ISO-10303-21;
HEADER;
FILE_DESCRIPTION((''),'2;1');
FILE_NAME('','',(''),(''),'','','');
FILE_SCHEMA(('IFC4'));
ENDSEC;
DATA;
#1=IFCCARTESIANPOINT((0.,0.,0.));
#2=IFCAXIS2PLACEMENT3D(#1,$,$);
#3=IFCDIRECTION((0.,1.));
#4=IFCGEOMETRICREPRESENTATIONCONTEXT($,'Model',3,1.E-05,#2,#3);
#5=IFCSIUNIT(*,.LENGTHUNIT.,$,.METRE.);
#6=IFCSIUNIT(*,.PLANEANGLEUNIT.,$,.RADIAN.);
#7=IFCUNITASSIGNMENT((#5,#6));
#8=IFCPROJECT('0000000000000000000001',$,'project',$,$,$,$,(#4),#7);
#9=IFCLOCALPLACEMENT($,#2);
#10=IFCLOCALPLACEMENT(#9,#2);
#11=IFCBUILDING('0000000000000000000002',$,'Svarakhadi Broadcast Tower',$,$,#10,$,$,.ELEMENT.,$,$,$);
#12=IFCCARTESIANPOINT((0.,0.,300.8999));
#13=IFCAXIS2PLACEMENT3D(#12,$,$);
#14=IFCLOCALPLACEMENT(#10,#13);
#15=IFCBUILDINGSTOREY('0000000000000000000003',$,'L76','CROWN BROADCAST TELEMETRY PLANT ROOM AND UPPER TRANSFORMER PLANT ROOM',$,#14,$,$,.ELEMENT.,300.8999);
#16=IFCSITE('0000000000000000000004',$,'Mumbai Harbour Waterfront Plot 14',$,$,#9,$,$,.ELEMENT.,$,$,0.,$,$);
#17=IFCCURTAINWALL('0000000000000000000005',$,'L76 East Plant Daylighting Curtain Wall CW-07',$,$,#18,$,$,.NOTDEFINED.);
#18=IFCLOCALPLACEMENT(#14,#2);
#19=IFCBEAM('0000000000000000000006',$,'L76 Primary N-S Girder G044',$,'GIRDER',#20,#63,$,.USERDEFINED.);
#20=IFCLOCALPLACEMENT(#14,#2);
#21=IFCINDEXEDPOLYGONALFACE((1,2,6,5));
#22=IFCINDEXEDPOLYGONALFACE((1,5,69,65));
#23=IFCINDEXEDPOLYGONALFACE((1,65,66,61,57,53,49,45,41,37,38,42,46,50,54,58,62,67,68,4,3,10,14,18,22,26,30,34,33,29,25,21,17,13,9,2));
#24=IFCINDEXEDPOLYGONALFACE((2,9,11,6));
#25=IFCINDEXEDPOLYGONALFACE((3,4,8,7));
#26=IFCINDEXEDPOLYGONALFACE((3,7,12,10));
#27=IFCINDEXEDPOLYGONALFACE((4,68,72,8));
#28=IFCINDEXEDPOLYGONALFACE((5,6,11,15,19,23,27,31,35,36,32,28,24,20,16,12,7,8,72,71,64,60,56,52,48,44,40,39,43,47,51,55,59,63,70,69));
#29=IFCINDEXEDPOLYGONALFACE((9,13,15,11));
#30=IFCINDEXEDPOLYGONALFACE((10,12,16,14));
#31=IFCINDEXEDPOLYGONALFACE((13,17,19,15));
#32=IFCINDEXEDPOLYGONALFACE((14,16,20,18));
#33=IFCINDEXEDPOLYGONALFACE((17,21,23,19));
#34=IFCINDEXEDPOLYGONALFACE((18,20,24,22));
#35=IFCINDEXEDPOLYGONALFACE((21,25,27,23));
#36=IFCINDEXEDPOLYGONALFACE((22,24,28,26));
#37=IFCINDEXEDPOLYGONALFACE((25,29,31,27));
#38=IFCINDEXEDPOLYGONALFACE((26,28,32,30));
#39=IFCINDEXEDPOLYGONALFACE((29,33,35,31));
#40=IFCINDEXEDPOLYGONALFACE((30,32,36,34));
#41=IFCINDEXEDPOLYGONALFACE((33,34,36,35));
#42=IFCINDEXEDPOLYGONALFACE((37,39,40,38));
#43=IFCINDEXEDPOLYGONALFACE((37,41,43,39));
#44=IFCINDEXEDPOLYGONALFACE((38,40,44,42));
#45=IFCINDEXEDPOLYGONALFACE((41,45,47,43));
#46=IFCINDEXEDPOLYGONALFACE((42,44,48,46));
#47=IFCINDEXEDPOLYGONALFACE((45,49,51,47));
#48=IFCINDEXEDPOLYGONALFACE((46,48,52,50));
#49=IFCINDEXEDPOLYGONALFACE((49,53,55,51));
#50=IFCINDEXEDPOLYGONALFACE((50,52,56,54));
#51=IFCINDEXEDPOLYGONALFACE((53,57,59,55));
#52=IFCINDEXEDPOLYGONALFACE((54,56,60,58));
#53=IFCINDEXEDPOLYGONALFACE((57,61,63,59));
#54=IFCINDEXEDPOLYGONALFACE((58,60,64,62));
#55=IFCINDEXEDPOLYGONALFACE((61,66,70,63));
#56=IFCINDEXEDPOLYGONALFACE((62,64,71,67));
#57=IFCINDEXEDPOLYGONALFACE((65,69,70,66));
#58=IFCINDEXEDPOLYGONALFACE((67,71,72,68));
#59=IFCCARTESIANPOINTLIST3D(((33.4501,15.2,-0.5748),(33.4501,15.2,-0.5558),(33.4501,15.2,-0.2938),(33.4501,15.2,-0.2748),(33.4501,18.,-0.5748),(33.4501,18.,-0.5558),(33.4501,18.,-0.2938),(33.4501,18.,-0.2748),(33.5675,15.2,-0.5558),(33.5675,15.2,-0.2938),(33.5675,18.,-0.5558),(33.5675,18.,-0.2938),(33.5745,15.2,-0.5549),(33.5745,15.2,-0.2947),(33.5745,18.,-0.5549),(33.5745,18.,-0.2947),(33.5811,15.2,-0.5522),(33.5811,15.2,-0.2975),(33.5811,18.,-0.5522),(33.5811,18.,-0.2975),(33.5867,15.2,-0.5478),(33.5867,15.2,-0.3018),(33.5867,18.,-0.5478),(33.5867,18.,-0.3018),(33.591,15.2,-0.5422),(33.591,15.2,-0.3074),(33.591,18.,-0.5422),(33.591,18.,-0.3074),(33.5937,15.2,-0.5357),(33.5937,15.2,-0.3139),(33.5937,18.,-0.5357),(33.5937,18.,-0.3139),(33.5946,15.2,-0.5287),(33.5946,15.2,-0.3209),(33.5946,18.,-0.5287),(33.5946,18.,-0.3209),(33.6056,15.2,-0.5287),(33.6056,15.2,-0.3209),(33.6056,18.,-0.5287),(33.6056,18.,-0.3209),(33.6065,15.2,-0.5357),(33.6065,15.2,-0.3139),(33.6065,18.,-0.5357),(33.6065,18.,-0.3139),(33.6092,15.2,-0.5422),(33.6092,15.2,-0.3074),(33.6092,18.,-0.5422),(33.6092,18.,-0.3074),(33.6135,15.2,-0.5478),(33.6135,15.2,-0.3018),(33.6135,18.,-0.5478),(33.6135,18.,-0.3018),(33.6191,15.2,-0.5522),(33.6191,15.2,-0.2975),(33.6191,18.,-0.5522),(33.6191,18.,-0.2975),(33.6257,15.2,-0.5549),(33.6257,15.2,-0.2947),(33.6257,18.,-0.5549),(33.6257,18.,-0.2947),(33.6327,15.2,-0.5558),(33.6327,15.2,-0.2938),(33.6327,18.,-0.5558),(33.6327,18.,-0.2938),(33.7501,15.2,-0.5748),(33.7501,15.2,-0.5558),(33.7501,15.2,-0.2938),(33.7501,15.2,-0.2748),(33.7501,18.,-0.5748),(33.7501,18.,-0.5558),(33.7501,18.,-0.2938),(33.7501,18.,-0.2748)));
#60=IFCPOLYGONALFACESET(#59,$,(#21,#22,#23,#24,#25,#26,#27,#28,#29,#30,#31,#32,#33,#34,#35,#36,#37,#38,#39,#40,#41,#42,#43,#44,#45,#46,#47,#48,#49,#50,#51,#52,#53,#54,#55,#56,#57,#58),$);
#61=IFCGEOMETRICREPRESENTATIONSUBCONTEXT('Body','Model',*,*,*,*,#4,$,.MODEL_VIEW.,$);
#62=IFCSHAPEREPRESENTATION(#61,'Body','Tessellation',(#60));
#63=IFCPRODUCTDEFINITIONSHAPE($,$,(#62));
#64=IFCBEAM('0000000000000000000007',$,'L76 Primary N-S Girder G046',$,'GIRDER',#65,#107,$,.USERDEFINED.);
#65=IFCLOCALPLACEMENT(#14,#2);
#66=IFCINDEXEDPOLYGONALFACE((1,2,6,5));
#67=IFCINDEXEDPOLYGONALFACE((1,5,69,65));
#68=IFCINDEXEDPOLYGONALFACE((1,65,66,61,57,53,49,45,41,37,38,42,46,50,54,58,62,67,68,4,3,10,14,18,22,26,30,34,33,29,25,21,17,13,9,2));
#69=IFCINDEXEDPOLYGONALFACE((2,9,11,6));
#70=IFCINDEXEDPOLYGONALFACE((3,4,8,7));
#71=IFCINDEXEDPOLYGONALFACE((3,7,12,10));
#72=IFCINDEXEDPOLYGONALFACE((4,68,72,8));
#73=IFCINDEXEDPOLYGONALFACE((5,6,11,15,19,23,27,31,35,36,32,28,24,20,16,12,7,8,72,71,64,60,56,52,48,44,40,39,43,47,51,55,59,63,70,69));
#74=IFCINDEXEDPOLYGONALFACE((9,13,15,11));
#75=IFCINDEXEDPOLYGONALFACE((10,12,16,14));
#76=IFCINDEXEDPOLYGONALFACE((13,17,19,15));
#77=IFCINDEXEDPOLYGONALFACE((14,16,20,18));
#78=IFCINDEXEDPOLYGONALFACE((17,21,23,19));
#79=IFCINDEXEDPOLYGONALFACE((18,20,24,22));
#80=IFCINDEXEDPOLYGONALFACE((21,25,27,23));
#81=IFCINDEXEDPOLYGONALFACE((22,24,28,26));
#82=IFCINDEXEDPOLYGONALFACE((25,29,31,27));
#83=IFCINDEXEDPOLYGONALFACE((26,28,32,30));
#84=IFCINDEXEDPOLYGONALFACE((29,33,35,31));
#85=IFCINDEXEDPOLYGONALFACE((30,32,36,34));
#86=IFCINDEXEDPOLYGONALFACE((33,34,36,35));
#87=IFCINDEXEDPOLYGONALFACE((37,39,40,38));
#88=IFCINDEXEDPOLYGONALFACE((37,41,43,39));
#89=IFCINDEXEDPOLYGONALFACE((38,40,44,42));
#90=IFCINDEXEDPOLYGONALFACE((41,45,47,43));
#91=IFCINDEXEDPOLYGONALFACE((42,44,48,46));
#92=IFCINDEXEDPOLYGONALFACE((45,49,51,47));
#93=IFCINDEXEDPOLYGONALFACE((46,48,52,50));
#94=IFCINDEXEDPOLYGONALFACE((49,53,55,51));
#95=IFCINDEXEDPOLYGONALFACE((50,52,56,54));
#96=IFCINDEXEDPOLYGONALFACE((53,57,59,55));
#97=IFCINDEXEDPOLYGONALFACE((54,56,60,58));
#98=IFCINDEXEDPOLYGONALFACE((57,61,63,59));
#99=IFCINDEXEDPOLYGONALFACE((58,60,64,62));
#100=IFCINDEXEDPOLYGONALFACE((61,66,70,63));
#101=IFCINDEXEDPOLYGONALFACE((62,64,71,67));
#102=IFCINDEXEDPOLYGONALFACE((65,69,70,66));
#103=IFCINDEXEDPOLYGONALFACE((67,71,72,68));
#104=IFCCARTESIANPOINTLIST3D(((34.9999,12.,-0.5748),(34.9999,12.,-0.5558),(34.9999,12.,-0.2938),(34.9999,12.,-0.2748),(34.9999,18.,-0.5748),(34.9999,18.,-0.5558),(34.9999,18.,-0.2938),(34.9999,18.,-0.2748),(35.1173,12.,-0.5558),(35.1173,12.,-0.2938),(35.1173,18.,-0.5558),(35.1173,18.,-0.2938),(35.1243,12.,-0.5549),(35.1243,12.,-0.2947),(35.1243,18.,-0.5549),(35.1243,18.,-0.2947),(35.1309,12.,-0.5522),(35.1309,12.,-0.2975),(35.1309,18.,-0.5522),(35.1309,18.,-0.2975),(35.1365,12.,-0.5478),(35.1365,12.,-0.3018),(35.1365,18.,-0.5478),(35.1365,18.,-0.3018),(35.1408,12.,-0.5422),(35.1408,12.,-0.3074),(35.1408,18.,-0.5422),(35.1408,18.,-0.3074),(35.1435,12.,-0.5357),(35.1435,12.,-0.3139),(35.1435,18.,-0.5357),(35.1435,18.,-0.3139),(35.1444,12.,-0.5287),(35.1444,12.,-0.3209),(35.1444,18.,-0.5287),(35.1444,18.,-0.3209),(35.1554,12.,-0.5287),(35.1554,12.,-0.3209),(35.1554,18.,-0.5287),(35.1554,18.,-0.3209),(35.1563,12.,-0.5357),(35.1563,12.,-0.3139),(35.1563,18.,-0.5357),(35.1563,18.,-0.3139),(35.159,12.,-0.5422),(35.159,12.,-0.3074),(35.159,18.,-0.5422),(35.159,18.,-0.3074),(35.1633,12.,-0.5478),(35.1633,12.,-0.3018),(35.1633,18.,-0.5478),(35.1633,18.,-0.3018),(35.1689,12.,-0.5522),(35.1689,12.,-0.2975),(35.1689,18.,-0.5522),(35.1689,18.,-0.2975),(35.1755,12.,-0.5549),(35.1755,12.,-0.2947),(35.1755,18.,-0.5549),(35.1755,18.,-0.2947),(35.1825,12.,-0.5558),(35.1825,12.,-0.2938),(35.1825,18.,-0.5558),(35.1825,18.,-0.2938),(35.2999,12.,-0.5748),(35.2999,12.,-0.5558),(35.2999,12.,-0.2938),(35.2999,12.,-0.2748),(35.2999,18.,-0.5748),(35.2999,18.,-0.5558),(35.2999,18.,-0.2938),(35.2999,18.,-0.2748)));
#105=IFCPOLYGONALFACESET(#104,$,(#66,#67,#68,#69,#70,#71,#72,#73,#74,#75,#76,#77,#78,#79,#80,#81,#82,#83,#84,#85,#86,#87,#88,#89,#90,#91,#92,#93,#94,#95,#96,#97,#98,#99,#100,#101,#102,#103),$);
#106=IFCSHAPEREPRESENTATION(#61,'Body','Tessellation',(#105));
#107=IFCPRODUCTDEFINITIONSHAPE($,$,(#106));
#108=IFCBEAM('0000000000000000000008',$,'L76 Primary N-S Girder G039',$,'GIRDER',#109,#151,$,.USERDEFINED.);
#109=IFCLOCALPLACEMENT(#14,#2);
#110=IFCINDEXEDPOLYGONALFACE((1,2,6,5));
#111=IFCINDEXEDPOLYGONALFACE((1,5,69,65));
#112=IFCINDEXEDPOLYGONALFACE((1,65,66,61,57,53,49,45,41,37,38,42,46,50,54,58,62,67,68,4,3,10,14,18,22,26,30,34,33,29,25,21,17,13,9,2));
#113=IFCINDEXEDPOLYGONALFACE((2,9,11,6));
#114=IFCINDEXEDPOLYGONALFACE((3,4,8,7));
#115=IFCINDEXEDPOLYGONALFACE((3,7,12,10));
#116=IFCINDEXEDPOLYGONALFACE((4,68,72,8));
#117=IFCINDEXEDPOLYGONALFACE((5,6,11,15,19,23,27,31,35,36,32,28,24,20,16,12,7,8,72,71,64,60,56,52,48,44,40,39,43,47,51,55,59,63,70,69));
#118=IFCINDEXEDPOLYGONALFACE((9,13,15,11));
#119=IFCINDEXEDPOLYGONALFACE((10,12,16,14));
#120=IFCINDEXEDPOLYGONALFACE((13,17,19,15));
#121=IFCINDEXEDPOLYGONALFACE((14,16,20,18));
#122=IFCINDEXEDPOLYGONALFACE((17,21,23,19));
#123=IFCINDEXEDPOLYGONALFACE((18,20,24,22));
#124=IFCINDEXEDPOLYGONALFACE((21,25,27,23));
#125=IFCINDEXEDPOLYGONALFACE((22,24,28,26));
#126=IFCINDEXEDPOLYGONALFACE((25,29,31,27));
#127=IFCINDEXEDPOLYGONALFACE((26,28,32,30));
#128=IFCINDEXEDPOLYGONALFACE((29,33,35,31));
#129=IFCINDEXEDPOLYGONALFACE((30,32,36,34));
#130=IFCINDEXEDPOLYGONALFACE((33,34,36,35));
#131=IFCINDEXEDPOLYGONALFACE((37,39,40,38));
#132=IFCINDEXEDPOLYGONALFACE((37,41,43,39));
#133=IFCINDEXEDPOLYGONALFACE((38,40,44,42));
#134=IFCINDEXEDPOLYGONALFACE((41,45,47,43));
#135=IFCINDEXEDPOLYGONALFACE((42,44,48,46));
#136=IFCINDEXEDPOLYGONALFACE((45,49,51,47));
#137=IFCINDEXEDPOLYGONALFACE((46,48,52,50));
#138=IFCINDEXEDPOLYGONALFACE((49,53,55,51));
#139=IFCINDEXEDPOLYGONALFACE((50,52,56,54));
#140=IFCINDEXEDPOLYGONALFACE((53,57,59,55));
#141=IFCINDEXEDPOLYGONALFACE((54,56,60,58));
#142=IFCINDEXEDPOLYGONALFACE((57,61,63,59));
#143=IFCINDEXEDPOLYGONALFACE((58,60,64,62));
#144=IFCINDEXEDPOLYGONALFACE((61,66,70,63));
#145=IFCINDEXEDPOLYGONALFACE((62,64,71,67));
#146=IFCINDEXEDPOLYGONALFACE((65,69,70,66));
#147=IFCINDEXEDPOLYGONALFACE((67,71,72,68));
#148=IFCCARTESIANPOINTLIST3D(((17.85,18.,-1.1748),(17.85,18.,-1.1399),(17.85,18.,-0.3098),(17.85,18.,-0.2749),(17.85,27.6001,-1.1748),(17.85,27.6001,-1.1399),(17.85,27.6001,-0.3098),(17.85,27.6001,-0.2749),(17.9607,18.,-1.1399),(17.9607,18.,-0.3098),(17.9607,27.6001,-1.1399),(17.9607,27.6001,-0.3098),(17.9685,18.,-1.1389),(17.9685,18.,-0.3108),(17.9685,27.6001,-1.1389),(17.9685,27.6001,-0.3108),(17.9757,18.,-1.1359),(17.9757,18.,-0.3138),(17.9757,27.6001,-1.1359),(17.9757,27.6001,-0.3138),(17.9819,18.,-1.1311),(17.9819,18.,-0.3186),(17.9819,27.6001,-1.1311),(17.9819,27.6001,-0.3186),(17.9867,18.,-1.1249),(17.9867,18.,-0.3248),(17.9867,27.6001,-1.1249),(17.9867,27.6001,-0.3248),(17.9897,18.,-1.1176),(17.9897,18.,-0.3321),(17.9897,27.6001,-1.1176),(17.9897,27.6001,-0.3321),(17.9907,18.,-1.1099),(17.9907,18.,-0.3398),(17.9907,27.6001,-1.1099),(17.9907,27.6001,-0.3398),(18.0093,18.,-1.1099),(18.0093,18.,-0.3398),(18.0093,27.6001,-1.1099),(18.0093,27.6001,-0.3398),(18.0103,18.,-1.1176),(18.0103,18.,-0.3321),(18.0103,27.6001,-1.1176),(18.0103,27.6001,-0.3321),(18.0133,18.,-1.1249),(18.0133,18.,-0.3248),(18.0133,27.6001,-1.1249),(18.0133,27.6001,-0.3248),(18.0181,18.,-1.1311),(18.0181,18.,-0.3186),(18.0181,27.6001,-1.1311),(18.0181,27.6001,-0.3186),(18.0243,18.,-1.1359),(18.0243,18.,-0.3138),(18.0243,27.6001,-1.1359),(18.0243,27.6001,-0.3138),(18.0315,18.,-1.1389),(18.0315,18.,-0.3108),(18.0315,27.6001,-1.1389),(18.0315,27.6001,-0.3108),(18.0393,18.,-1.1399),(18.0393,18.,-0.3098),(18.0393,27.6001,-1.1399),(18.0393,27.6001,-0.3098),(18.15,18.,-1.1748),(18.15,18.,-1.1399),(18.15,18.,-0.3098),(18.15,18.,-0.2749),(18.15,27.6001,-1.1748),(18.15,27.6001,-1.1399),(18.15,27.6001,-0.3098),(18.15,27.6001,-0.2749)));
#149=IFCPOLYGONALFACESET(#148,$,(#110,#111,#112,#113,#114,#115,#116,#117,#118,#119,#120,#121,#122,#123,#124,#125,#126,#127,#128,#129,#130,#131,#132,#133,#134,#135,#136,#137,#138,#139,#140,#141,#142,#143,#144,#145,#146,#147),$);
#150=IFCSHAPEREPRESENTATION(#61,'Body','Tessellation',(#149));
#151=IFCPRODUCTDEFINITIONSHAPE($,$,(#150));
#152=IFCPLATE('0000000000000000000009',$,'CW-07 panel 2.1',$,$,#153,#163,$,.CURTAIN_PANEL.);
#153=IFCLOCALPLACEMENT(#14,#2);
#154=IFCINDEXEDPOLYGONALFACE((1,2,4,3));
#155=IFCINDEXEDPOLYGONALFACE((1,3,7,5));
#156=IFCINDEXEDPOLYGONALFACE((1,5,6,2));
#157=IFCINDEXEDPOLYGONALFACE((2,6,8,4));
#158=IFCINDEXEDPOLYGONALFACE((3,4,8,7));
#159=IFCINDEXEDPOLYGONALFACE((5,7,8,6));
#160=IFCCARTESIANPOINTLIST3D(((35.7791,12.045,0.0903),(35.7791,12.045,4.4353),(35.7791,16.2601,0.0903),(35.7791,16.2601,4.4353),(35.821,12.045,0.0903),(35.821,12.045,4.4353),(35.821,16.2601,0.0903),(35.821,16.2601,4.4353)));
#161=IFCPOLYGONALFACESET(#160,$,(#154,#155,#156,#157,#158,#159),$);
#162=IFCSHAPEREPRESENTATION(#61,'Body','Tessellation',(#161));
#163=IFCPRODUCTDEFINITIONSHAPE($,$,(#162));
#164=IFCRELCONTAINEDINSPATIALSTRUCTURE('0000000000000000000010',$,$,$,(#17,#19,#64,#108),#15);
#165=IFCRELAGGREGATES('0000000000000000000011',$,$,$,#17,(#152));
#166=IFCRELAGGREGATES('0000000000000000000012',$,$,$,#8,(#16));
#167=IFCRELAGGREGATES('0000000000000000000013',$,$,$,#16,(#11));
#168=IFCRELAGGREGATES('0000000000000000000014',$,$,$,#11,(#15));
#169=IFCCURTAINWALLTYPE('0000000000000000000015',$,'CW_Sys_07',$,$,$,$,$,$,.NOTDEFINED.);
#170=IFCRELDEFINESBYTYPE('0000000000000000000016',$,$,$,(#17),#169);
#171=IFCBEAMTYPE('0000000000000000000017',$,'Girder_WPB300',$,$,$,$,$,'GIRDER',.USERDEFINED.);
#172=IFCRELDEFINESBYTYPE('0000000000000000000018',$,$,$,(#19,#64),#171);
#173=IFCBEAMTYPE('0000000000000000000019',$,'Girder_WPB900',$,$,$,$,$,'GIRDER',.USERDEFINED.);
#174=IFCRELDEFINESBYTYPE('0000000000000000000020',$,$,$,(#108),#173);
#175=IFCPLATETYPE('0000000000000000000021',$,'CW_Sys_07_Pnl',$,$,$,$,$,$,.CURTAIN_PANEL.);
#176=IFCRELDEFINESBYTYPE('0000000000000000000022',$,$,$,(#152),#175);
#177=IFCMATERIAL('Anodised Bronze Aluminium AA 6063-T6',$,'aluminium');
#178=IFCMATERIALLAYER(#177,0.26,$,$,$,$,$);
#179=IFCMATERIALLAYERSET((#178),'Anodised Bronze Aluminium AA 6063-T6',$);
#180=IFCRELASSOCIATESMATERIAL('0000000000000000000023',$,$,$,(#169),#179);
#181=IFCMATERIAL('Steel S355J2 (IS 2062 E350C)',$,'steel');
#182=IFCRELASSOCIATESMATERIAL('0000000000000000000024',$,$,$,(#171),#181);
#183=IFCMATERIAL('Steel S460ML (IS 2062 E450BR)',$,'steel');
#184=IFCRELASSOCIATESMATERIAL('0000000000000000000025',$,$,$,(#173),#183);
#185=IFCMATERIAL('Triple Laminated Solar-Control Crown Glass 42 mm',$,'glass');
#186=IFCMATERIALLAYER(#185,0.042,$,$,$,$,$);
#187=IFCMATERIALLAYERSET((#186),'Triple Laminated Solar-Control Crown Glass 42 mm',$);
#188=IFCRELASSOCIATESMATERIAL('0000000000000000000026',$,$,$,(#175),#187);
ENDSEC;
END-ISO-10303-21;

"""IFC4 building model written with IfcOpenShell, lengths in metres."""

from ifc_helpers import new_model, si_unit, direction, frame, origin, origin_2d, place, context, subcontext, project, spatial, rectangle, i_section, extrude, material, layer, layer_set, material_profile, profile_set, type_object, element, aggregate, save


model = new_model("IFC4")

# Units and contexts
model_context = context("Model", 3, precision=1e-05, world=origin(), true_north=direction((0.0, 1.0)))
body_context = subcontext(model_context, "Body", "Model", "MODEL_VIEW")
ifc_project = project(units=[si_unit("LENGTHUNIT", "METRE"), si_unit("PLANEANGLEUNIT", "RADIAN")], contexts=[model_context])

# Site, building, storey
site_placement = place(None, origin())
site = spatial("IfcSite", under=ifc_project, at=site_placement, Name="Mumbai Harbour Waterfront Plot 14", CompositionType="ELEMENT", RefElevation=0.0)
building_placement = place(site_placement, origin())
building = spatial("IfcBuilding", under=site, at=building_placement, Name="Svarakhadi Broadcast Tower", CompositionType="ELEMENT")
storey_placement = place(building_placement, frame((0.0, 0.0, 300.8999)))
storey = spatial("IfcBuildingStorey", under=building, at=storey_placement, Name="L76", Description="CROWN BROADCAST TELEMETRY PLANT ROOM AND UPPER TRANSFORMER PLANT ROOM", CompositionType="ELEMENT", Elevation=300.8999)

# Shared definitions
ifc_material_1 = material(Name="Steel S460ML (IS 2062 E450BR)", Category="steel")

# Shared definitions
ifc_material_2 = material(Name="Steel S355J2 (IS 2062 E350C)", Category="steel")

# Curtain wall
ifc_material_3 = material(Name="Anodised Bronze Aluminium AA 6063-T6", Category="aluminium")
ifc_layer_1 = layer(ifc_material_3, 0.26)
ifc_layer_set_1 = layer_set([ifc_layer_1], Name="Anodised Bronze Aluminium AA 6063-T6")
curtain_wall_type = type_object("IfcCurtainWallType", Name="CW_Sys_07", PredefinedType="NOTDEFINED", material=ifc_layer_set_1)
curtain_wall_placement = place(storey_placement, origin())
curtain_wall = element("IfcCurtainWall", 1, at=curtain_wall_placement, inside=storey, type_object=curtain_wall_type, Name="L76 East Plant Daylighting Curtain Wall CW-07", PredefinedType="NOTDEFINED")

# Beams
ifc_material_profile_1 = material_profile(ifc_material_2, i_section(OverallWidth=0.3, OverallDepth=0.3, WebThickness=0.011, FlangeThickness=0.019, FilletRadius=0.0271, at=origin_2d()), Name="WPB 300x300x117")
ifc_profile_set_1 = profile_set([ifc_material_profile_1], Name="Steel S355J2 (IS 2062 E350C)")
beam_type_1 = type_object("IfcBeamType", Name="Girder_WPB300", ElementType="GIRDER", PredefinedType="USERDEFINED", material=ifc_profile_set_1)
beam_1_placement = place(storey_placement, frame((33.6001, 15.2, -0.4248), z_axis=(0.0, 1.0, 0.0), x_axis=(-1.0, 0.0, 0.0)))
element("IfcBeam", 2, at=beam_1_placement, inside=storey, type_object=beam_type_1, Name="L76 Primary N-S Girder G044", ObjectType="GIRDER", PredefinedType="USERDEFINED", context=body_context, shape_type="SweptSolid", body=[
    extrude(i_section(OverallWidth=0.3, OverallDepth=0.3, WebThickness=0.011, FlangeThickness=0.019, FilletRadius=0.0271, at=origin_2d()), origin(), (0.0, 0.0, 1.0), 2.8),
])
beam_2_placement = place(storey_placement, frame((35.1499, 12.0, -0.4248), z_axis=(0.0, 1.0, 0.0), x_axis=(-1.0, 0.0, 0.0)))
element("IfcBeam", 3, at=beam_2_placement, inside=storey, type_object=beam_type_1, Name="L76 Primary N-S Girder G046", ObjectType="GIRDER", PredefinedType="USERDEFINED", context=body_context, shape_type="SweptSolid", body=[
    extrude(i_section(OverallWidth=0.3, OverallDepth=0.3, WebThickness=0.011, FlangeThickness=0.019, FilletRadius=0.0271, at=origin_2d()), origin(), (0.0, 0.0, 1.0), 6.0),
])
ifc_material_profile_2 = material_profile(ifc_material_1, i_section(OverallWidth=0.3, OverallDepth=0.8999, WebThickness=0.0186, FlangeThickness=0.0349, FilletRadius=0.03, at=origin_2d()), Name="WPB 900x300x291")
ifc_profile_set_2 = profile_set([ifc_material_profile_2], Name="Steel S460ML (IS 2062 E450BR)")
beam_type_2 = type_object("IfcBeamType", Name="Girder_WPB900", ElementType="GIRDER", PredefinedType="USERDEFINED", material=ifc_profile_set_2)
beam_3_placement = place(storey_placement, frame((18.0, 18.0, -0.7249), z_axis=(0.0, 1.0, 0.0), x_axis=(-1.0, 0.0, 0.0)))
element("IfcBeam", 4, at=beam_3_placement, inside=storey, type_object=beam_type_2, Name="L76 Primary N-S Girder G039", ObjectType="GIRDER", PredefinedType="USERDEFINED", context=body_context, shape_type="SweptSolid", body=[
    extrude(i_section(OverallWidth=0.3, OverallDepth=0.8999, WebThickness=0.0186, FlangeThickness=0.0349, FilletRadius=0.03, at=origin_2d()), origin(), (0.0, 0.0, 1.0), 9.6001),
])

# Plate
ifc_material_4 = material(Name="Triple Laminated Solar-Control Crown Glass 42 mm", Category="glass")
ifc_layer_2 = layer(ifc_material_4, 0.042)
ifc_layer_set_2 = layer_set([ifc_layer_2], Name="Triple Laminated Solar-Control Crown Glass 42 mm")
plate_type = type_object("IfcPlateType", Name="CW_Sys_07_Pnl", PredefinedType="CURTAIN_PANEL", material=ifc_layer_set_2)
plate_placement = place(storey_placement, frame((35.8, 14.1526, 0.0903), z_axis=(0.0, 0.0, 1.0), x_axis=(0.0, -1.0, 0.0)))
plate = element("IfcPlate", 5, at=plate_placement, type_object=plate_type, Name="CW-07 panel 2.1", PredefinedType="CURTAIN_PANEL", context=body_context, shape_type="SweptSolid", body=[
    extrude(rectangle(XDim=4.2151, YDim=0.042, at=origin_2d()), origin(), (0.0, 0.0, 1.0), 4.345),
])
aggregate(curtain_wall, [plate])

save(model, "model.ifc")
